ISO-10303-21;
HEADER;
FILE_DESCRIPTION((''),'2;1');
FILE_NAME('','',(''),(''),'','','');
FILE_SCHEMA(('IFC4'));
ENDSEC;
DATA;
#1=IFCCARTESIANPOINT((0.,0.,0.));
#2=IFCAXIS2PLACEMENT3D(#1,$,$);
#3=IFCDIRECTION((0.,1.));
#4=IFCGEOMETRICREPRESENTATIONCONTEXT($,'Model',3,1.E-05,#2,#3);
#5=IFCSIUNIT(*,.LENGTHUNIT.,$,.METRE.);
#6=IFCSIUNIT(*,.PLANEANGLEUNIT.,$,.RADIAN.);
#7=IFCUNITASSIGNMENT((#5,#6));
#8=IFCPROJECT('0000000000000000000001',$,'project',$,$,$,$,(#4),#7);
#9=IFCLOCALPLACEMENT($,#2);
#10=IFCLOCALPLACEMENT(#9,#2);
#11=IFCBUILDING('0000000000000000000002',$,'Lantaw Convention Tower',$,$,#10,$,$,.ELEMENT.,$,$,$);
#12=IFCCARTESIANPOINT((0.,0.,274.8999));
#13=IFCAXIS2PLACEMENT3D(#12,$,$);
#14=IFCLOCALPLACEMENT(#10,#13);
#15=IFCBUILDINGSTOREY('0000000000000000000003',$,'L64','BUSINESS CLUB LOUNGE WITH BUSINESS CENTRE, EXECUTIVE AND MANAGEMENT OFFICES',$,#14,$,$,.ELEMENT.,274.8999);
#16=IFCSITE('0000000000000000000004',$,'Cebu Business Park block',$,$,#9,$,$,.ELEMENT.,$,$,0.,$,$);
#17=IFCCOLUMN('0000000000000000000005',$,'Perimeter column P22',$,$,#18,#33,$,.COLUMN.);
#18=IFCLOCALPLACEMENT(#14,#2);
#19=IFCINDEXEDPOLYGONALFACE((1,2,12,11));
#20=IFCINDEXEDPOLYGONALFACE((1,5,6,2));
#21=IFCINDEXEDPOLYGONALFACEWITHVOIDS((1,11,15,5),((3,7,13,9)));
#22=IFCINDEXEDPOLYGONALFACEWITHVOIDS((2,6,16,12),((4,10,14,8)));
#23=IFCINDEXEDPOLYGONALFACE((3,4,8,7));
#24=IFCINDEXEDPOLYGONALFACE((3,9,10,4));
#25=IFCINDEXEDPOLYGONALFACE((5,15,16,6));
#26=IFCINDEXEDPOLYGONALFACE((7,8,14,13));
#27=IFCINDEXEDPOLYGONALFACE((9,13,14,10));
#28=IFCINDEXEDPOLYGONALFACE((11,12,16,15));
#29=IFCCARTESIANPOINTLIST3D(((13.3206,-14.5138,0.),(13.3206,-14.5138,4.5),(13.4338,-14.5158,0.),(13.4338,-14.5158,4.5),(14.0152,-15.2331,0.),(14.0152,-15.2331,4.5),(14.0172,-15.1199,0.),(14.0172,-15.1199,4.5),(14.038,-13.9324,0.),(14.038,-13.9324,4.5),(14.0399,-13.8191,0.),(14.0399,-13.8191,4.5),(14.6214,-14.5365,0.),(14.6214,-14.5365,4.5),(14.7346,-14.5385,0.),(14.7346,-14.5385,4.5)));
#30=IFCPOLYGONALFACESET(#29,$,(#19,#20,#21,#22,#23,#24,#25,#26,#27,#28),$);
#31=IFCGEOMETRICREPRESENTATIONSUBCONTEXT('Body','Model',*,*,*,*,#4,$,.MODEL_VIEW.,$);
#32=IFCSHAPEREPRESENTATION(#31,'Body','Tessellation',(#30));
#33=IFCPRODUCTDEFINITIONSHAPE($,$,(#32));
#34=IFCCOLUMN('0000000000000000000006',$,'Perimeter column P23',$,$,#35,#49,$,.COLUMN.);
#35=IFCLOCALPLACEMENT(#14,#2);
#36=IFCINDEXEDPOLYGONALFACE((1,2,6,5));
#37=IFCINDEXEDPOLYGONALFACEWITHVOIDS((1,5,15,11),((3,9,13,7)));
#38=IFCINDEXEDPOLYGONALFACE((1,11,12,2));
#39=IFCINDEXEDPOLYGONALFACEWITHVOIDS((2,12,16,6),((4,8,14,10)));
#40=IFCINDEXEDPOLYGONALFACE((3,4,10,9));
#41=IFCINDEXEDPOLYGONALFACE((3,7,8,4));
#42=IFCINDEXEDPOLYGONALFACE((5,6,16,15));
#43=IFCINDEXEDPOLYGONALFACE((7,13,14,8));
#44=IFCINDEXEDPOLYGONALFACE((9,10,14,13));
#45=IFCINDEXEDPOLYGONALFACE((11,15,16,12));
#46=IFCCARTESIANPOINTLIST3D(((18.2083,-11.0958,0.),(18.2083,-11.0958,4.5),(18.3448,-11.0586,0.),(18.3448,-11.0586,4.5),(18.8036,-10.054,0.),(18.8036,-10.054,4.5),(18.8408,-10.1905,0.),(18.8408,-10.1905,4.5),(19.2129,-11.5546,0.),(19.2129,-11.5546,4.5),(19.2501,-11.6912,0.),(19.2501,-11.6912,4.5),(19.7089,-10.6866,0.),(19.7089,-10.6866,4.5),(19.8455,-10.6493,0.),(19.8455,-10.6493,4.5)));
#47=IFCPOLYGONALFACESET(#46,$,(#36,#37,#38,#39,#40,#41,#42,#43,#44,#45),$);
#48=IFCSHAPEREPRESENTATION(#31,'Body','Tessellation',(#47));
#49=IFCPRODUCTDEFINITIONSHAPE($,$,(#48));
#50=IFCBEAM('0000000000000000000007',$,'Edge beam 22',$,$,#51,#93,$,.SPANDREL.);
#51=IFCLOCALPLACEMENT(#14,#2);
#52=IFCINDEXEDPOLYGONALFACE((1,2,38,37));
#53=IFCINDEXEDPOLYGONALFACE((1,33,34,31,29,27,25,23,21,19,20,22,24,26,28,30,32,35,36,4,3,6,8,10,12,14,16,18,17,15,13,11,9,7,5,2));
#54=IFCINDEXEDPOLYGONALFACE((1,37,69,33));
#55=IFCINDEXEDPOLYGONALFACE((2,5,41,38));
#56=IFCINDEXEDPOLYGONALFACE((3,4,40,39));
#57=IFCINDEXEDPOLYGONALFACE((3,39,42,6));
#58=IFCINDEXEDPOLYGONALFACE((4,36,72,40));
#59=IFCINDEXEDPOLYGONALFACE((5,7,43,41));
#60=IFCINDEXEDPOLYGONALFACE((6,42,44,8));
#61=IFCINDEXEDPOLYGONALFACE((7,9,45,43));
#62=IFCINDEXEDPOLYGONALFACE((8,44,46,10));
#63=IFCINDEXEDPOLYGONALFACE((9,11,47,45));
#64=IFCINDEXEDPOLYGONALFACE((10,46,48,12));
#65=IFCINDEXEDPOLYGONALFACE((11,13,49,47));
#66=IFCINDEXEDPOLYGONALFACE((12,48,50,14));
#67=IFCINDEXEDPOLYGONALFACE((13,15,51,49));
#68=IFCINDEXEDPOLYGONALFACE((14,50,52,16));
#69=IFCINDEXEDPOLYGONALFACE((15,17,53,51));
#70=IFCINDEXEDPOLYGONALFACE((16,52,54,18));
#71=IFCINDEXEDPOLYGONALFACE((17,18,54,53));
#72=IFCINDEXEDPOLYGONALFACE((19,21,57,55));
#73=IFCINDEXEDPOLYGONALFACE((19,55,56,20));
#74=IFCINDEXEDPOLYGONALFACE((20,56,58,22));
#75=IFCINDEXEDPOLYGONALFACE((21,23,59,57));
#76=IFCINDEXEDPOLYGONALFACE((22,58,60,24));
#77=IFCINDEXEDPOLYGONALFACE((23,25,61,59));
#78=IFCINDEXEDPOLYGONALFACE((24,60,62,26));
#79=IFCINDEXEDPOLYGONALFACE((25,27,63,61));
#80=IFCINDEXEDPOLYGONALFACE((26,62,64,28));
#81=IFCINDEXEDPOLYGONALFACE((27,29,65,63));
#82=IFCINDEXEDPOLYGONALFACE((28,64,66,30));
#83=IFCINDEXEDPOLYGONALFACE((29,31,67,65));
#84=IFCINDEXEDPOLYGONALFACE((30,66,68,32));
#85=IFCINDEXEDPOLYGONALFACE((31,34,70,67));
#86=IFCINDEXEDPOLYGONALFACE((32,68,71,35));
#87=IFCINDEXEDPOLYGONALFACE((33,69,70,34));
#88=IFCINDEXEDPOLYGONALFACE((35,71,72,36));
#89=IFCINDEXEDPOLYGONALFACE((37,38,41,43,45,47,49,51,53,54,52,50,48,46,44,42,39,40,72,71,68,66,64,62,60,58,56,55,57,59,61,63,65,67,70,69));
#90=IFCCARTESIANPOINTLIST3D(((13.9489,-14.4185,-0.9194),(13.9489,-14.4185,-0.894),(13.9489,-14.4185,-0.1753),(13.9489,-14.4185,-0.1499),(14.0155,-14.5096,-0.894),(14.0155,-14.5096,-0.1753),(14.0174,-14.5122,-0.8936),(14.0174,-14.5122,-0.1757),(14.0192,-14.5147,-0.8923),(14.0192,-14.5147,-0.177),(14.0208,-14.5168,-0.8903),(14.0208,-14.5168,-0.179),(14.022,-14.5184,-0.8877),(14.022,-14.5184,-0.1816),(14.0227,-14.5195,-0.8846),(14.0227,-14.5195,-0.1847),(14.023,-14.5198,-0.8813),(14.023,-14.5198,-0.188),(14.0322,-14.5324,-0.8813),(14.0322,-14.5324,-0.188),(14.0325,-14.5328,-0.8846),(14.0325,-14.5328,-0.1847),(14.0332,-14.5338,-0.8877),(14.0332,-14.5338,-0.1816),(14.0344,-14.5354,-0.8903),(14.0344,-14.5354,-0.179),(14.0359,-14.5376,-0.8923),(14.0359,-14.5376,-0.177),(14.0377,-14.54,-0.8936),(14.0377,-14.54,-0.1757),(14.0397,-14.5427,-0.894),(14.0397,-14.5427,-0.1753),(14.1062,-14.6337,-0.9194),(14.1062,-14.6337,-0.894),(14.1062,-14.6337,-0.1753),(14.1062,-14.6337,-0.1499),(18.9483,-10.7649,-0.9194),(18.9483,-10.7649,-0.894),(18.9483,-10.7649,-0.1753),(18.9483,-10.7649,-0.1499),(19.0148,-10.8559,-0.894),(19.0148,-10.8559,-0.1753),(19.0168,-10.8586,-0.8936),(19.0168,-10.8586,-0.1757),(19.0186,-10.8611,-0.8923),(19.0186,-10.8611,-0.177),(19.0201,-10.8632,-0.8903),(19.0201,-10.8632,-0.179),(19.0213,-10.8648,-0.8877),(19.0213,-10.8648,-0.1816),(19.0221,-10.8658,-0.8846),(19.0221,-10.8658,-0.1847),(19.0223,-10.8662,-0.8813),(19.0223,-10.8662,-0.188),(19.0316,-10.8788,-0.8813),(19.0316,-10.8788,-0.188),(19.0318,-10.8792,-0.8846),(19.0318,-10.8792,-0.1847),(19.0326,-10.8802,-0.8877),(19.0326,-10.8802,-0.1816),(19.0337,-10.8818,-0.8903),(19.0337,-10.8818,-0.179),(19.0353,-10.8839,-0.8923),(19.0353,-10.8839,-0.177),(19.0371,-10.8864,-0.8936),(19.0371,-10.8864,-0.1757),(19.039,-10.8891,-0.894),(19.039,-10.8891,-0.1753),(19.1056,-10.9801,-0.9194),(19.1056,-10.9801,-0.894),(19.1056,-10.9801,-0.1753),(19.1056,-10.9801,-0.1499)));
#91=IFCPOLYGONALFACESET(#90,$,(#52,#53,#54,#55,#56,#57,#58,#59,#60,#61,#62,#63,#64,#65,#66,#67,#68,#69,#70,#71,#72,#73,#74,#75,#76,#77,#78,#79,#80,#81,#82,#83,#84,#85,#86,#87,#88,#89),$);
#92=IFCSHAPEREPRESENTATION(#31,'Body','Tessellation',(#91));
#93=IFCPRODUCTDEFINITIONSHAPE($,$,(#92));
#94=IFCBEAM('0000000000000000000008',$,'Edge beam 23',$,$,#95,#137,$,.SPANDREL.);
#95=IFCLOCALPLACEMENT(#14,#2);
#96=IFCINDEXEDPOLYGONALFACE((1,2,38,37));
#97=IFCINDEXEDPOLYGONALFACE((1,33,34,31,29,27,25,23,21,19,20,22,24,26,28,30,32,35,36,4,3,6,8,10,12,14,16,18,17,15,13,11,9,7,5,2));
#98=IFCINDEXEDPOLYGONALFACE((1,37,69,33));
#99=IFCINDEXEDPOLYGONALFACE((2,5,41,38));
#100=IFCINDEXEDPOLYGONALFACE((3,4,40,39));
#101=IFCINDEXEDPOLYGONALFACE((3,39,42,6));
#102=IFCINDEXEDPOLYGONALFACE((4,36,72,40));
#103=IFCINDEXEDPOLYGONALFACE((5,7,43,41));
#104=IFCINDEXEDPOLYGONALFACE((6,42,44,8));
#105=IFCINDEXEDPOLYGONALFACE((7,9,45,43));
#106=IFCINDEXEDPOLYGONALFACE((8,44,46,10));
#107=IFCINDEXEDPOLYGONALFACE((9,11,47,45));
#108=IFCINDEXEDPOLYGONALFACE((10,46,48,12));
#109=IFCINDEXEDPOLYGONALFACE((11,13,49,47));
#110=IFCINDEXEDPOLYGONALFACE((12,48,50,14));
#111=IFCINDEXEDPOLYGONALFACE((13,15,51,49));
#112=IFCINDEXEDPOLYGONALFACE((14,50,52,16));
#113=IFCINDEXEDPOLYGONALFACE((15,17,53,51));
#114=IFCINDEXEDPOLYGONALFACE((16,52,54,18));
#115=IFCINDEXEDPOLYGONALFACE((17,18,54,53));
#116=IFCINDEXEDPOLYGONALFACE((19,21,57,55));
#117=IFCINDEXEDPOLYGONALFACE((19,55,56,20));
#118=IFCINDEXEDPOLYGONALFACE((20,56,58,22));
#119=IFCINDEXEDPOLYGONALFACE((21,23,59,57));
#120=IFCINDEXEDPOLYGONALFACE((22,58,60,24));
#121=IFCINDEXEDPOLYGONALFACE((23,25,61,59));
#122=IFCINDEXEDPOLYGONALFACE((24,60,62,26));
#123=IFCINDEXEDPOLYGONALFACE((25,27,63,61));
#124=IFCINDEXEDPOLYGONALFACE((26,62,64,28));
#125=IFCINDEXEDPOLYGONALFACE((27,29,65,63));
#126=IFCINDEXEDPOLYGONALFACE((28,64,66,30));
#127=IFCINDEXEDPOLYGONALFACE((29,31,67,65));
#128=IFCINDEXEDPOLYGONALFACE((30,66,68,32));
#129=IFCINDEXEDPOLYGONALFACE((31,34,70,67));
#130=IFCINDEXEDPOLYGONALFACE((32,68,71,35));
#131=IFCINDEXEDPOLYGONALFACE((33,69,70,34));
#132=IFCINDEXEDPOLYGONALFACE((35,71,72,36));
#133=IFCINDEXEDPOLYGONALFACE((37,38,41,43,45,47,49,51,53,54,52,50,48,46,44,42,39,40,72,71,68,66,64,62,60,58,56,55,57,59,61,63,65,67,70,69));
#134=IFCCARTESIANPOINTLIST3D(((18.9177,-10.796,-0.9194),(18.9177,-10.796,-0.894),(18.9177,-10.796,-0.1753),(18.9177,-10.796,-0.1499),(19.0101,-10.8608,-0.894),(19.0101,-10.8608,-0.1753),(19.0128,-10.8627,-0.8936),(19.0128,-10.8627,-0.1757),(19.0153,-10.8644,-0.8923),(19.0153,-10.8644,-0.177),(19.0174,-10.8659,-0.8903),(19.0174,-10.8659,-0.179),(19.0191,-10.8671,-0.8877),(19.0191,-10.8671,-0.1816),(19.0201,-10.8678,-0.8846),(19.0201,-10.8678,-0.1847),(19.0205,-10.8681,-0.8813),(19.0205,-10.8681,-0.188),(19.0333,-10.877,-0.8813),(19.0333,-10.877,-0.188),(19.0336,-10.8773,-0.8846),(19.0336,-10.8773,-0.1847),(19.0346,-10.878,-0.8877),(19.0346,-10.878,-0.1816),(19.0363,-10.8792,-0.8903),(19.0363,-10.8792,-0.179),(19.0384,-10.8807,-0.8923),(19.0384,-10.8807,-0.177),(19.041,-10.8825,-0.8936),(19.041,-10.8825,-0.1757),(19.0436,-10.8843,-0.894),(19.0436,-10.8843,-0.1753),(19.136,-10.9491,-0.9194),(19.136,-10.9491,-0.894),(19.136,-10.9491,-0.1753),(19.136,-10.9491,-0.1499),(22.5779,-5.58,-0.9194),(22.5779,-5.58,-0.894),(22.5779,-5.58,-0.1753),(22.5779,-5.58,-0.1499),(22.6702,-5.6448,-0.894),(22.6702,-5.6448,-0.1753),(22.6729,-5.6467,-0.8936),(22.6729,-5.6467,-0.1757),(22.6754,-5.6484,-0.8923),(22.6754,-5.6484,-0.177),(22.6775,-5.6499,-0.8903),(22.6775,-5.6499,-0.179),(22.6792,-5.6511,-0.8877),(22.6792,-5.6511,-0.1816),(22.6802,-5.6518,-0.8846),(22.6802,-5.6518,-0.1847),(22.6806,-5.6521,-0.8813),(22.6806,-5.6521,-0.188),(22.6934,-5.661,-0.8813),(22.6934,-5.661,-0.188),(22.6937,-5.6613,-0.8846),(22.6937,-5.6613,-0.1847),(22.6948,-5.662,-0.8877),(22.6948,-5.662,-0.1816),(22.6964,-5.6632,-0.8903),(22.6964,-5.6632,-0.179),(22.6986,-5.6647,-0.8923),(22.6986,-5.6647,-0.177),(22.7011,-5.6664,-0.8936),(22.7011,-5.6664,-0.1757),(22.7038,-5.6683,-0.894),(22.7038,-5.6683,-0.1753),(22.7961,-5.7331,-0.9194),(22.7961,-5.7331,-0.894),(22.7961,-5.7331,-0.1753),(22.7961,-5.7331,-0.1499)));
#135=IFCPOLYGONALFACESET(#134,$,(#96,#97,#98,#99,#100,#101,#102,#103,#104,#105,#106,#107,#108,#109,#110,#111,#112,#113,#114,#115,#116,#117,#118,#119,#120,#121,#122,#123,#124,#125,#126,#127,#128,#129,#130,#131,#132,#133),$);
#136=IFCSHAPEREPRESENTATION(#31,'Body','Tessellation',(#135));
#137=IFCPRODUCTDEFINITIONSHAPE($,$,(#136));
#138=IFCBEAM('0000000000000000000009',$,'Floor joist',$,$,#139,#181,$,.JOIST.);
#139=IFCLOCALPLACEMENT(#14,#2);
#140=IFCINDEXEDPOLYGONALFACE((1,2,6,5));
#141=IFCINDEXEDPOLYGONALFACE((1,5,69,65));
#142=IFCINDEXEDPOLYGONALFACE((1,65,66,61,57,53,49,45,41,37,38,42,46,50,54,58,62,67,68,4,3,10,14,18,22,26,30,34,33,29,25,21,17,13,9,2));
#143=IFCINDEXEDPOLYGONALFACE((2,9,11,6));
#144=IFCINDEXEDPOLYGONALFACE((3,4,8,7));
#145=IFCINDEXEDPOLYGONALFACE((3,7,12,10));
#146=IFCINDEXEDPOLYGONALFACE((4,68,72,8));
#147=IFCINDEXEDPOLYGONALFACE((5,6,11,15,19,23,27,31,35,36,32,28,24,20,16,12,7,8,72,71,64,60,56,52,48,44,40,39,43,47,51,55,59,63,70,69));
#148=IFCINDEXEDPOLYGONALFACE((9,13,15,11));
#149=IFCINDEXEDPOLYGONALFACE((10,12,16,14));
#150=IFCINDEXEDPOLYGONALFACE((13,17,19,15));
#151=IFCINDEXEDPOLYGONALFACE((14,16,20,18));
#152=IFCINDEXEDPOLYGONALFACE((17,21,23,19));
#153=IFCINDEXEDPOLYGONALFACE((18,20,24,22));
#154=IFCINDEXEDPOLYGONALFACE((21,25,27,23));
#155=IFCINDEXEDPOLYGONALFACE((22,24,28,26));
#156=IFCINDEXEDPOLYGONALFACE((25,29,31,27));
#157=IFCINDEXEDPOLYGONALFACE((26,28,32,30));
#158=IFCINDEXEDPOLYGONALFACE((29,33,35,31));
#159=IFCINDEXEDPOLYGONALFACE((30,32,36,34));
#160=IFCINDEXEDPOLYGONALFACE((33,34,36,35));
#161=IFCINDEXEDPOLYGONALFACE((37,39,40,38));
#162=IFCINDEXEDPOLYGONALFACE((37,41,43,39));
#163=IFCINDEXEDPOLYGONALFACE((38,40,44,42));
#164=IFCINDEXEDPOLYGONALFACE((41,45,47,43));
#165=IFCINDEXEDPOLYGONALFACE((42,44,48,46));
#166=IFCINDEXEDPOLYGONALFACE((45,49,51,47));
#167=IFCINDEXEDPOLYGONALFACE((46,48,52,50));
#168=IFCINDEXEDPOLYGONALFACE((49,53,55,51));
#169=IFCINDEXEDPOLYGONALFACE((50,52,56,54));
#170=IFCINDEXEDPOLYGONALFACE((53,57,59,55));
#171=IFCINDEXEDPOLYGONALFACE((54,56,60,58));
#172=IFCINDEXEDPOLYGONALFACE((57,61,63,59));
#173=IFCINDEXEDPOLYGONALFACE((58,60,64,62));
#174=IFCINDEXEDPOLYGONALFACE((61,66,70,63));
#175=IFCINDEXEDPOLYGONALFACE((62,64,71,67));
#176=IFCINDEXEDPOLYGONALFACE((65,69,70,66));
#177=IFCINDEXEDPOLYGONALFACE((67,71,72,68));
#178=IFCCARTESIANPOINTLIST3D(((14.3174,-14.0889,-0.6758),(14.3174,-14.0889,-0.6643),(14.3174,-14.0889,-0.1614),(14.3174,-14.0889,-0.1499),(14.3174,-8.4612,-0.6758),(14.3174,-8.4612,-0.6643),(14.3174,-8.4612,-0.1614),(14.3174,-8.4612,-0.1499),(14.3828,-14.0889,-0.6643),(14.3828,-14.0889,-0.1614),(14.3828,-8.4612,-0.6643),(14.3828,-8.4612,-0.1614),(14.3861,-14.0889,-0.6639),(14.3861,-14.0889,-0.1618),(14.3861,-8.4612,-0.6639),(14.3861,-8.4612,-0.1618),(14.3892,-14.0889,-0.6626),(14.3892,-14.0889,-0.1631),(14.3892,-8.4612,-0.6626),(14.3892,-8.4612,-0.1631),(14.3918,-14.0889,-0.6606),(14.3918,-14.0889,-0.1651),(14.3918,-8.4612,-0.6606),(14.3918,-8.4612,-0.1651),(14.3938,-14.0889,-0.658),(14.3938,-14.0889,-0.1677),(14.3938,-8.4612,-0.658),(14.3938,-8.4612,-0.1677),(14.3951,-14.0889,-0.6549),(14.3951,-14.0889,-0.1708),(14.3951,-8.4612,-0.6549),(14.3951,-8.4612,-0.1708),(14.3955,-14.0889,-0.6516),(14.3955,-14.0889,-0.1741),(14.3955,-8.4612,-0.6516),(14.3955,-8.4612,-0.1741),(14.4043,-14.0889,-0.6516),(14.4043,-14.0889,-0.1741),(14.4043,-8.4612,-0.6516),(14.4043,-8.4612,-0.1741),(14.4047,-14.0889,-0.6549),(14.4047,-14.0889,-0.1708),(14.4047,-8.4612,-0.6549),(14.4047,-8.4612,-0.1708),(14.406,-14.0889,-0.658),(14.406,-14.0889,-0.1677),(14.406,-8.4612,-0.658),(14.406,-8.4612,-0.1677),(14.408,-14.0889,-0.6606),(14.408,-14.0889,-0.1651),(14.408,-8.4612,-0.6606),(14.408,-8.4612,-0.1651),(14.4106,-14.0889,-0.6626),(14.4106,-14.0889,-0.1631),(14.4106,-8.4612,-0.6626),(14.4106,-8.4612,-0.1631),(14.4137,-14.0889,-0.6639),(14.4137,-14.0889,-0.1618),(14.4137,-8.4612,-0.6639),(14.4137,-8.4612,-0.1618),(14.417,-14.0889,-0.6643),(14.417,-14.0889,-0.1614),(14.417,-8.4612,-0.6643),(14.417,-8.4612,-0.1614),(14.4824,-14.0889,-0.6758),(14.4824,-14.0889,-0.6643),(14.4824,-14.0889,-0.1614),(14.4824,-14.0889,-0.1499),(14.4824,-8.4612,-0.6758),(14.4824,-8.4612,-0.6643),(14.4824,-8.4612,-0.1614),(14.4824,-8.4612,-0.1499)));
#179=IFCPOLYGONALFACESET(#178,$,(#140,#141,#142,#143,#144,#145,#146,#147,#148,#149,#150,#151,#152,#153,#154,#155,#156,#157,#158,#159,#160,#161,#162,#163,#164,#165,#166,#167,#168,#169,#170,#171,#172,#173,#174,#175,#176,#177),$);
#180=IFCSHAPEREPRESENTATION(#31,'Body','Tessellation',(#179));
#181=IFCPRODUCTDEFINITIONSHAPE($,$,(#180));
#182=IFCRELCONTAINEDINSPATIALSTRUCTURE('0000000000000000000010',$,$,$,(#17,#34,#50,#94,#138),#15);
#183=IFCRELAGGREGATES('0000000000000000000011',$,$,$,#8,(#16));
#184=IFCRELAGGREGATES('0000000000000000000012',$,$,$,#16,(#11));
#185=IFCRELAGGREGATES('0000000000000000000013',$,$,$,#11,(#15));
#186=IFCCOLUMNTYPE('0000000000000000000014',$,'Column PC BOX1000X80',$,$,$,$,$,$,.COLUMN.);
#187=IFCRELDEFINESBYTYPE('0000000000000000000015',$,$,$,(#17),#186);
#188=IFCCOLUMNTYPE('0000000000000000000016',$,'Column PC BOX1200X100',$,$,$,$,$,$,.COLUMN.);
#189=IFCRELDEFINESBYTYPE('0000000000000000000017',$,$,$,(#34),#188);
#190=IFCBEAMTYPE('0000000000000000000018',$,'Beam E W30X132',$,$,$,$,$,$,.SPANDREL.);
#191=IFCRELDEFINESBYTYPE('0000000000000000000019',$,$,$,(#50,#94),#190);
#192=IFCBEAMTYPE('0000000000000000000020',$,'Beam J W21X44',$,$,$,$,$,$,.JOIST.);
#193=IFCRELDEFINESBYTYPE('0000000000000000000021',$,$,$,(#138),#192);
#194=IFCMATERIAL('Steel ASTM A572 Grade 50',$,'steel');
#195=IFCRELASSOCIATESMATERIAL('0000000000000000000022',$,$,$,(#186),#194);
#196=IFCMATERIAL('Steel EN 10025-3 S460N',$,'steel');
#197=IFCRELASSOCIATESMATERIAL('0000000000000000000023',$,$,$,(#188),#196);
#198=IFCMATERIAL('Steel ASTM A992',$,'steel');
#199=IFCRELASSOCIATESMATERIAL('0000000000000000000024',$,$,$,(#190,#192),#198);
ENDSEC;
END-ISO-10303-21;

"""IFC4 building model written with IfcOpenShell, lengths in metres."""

from ifc_helpers import new_model, si_unit, direction, frame, origin, origin_2d, place, context, subcontext, project, spatial, rectangle, hollow_rectangle, i_section, extrude, material, material_profile, profile_set, type_object, element, save


model = new_model("IFC4")

# Units and contexts
model_context = context("Model", 3, precision=1e-05, world=origin(), true_north=direction((0.0, 1.0)))
body_context = subcontext(model_context, "Body", "Model", "MODEL_VIEW")
ifc_project = project(units=[si_unit("LENGTHUNIT", "METRE"), si_unit("PLANEANGLEUNIT", "RADIAN")], contexts=[model_context])

# Site, building, storey
site_placement = place(None, origin())
site = spatial("IfcSite", under=ifc_project, at=site_placement, Name="Cebu Business Park block", CompositionType="ELEMENT", RefElevation=0.0)
building_placement = place(site_placement, origin())
building = spatial("IfcBuilding", under=site, at=building_placement, Name="Lantaw Convention Tower", CompositionType="ELEMENT")
storey_placement = place(building_placement, frame((0.0, 0.0, 274.8999)))
storey = spatial("IfcBuildingStorey", under=building, at=storey_placement, Name="L64", Description="BUSINESS CLUB LOUNGE WITH BUSINESS CENTRE, EXECUTIVE AND MANAGEMENT OFFICES", CompositionType="ELEMENT", Elevation=274.8999)

# Columns
ifc_material_1 = material(Name="Steel ASTM A572 Grade 50", Category="steel")
ifc_material_profile_1 = material_profile(ifc_material_1, hollow_rectangle(XDim=1.0, YDim=1.0, WallThickness=0.0801, at=origin_2d()), Name="BOX1000X80")
ifc_material_2 = material(Name="Concrete C60/75", Category="concrete")
ifc_material_profile_2 = material_profile(ifc_material_2, rectangle(XDim=0.8401, YDim=0.8401, at=origin_2d()), Name="Concrete fill of BOX1000X80")
ifc_profile_set_1 = profile_set([ifc_material_profile_1, ifc_material_profile_2], Name="Steel ASTM A572 Grade 50")
column_type_1 = type_object("IfcColumnType", Name="Column PC BOX1000X80", PredefinedType="COLUMN", material=ifc_profile_set_1)
column_1_placement = place(storey_placement, frame((14.0276, -14.5261, 0.0), z_axis=(0.0, 0.0, 1.0), x_axis=(0.71934, 0.694658, 0.0)))
element("IfcColumn", 1, at=column_1_placement, inside=storey, type_object=column_type_1, Name="Perimeter column P22", PredefinedType="COLUMN", context=body_context, shape_type="SweptSolid", body=[
    extrude(hollow_rectangle(XDim=1.0, YDim=1.0, WallThickness=0.0801, at=origin_2d()), origin(), (0.0, 0.0, 1.0), 4.5),
])
ifc_material_3 = material(Name="Steel EN 10025-3 S460N", Category="steel")
ifc_material_profile_3 = material_profile(ifc_material_3, hollow_rectangle(XDim=1.2, YDim=1.2, WallThickness=0.1001, at=origin_2d()), Name="BOX1200X100")
ifc_material_profile_4 = material_profile(ifc_material_2, rectangle(XDim=1.0, YDim=1.0, at=origin_2d()), Name="Concrete fill of BOX1200X100")
ifc_profile_set_2 = profile_set([ifc_material_profile_3, ifc_material_profile_4], Name="Steel EN 10025-3 S460N")
column_type_2 = type_object("IfcColumnType", Name="Column PC BOX1200X100", PredefinedType="COLUMN", material=ifc_profile_set_2)
column_2_placement = place(storey_placement, frame((19.0269, -10.8726, 0.0), z_axis=(0.0, 0.0, 1.0), x_axis=(0.496139, 0.868243, 0.0)))
element("IfcColumn", 2, at=column_2_placement, inside=storey, type_object=column_type_2, Name="Perimeter column P23", PredefinedType="COLUMN", context=body_context, shape_type="SweptSolid", body=[
    extrude(hollow_rectangle(XDim=1.2, YDim=1.2, WallThickness=0.1001, at=origin_2d()), origin(), (0.0, 0.0, 1.0), 4.5),
])

# Beams
ifc_material_4 = material(Name="Steel ASTM A992", Category="steel")
ifc_material_profile_5 = material_profile(ifc_material_4, i_section(OverallWidth=0.2666, OverallDepth=0.7695, WebThickness=0.0156, FlangeThickness=0.0254, FilletRadius=0.0127, at=origin_2d()), Name="W30X132")
ifc_profile_set_3 = profile_set([ifc_material_profile_5], Name="Steel ASTM A992")
beam_type_1 = type_object("IfcBeamType", Name="Beam E W30X132", PredefinedType="SPANDREL", material=ifc_profile_set_3)
beam_1_placement = place(storey_placement, frame((14.0276, -14.5261, -0.5347), z_axis=(0.807372, 0.590043, 0.0), x_axis=(-0.590043, 0.807372, 0.0)))
element("IfcBeam", 3, at=beam_1_placement, inside=storey, type_object=beam_type_1, Name="Edge beam 22", PredefinedType="SPANDREL", context=body_context, shape_type="SweptSolid", body=[
    extrude(i_section(OverallWidth=0.2666, OverallDepth=0.7695, WebThickness=0.0156, FlangeThickness=0.0254, FilletRadius=0.0127, at=origin_2d()), origin(), (0.0, 0.0, 1.0), 6.1921),
])
beam_2_placement = place(storey_placement, frame((19.0269, -10.8726, -0.5347), z_axis=(0.574401, 0.818574, 0.0), x_axis=(-0.818574, 0.574401, 0.0)))
element("IfcBeam", 4, at=beam_2_placement, inside=storey, type_object=beam_type_1, Name="Edge beam 23", PredefinedType="SPANDREL", context=body_context, shape_type="SweptSolid", body=[
    extrude(i_section(OverallWidth=0.2666, OverallDepth=0.7695, WebThickness=0.0156, FlangeThickness=0.0254, FilletRadius=0.0127, at=origin_2d()), origin(), (0.0, 0.0, 1.0), 6.3721),
])
ifc_material_profile_6 = material_profile(ifc_material_4, i_section(OverallWidth=0.165, OverallDepth=0.5259, WebThickness=0.0088, FlangeThickness=0.0115, FilletRadius=0.0127, at=origin_2d()), Name="W21X44")
ifc_profile_set_4 = profile_set([ifc_material_profile_6], Name="Steel ASTM A992")
beam_type_2 = type_object("IfcBeamType", Name="Beam J W21X44", PredefinedType="JOIST", material=ifc_profile_set_4)
beam_3_placement = place(storey_placement, frame((14.3999, -14.0889, -0.4128), z_axis=(0.0, 1.0, 0.0), x_axis=(-1.0, 0.0, 0.0)))
element("IfcBeam", 5, at=beam_3_placement, inside=storey, type_object=beam_type_2, Name="Floor joist", PredefinedType="JOIST", context=body_context, shape_type="SweptSolid", body=[
    extrude(i_section(OverallWidth=0.165, OverallDepth=0.5259, WebThickness=0.0088, FlangeThickness=0.0115, FilletRadius=0.0127, at=origin_2d()), origin(), (0.0, 0.0, 1.0), 5.6277),
])

save(model, "model.ifc")
